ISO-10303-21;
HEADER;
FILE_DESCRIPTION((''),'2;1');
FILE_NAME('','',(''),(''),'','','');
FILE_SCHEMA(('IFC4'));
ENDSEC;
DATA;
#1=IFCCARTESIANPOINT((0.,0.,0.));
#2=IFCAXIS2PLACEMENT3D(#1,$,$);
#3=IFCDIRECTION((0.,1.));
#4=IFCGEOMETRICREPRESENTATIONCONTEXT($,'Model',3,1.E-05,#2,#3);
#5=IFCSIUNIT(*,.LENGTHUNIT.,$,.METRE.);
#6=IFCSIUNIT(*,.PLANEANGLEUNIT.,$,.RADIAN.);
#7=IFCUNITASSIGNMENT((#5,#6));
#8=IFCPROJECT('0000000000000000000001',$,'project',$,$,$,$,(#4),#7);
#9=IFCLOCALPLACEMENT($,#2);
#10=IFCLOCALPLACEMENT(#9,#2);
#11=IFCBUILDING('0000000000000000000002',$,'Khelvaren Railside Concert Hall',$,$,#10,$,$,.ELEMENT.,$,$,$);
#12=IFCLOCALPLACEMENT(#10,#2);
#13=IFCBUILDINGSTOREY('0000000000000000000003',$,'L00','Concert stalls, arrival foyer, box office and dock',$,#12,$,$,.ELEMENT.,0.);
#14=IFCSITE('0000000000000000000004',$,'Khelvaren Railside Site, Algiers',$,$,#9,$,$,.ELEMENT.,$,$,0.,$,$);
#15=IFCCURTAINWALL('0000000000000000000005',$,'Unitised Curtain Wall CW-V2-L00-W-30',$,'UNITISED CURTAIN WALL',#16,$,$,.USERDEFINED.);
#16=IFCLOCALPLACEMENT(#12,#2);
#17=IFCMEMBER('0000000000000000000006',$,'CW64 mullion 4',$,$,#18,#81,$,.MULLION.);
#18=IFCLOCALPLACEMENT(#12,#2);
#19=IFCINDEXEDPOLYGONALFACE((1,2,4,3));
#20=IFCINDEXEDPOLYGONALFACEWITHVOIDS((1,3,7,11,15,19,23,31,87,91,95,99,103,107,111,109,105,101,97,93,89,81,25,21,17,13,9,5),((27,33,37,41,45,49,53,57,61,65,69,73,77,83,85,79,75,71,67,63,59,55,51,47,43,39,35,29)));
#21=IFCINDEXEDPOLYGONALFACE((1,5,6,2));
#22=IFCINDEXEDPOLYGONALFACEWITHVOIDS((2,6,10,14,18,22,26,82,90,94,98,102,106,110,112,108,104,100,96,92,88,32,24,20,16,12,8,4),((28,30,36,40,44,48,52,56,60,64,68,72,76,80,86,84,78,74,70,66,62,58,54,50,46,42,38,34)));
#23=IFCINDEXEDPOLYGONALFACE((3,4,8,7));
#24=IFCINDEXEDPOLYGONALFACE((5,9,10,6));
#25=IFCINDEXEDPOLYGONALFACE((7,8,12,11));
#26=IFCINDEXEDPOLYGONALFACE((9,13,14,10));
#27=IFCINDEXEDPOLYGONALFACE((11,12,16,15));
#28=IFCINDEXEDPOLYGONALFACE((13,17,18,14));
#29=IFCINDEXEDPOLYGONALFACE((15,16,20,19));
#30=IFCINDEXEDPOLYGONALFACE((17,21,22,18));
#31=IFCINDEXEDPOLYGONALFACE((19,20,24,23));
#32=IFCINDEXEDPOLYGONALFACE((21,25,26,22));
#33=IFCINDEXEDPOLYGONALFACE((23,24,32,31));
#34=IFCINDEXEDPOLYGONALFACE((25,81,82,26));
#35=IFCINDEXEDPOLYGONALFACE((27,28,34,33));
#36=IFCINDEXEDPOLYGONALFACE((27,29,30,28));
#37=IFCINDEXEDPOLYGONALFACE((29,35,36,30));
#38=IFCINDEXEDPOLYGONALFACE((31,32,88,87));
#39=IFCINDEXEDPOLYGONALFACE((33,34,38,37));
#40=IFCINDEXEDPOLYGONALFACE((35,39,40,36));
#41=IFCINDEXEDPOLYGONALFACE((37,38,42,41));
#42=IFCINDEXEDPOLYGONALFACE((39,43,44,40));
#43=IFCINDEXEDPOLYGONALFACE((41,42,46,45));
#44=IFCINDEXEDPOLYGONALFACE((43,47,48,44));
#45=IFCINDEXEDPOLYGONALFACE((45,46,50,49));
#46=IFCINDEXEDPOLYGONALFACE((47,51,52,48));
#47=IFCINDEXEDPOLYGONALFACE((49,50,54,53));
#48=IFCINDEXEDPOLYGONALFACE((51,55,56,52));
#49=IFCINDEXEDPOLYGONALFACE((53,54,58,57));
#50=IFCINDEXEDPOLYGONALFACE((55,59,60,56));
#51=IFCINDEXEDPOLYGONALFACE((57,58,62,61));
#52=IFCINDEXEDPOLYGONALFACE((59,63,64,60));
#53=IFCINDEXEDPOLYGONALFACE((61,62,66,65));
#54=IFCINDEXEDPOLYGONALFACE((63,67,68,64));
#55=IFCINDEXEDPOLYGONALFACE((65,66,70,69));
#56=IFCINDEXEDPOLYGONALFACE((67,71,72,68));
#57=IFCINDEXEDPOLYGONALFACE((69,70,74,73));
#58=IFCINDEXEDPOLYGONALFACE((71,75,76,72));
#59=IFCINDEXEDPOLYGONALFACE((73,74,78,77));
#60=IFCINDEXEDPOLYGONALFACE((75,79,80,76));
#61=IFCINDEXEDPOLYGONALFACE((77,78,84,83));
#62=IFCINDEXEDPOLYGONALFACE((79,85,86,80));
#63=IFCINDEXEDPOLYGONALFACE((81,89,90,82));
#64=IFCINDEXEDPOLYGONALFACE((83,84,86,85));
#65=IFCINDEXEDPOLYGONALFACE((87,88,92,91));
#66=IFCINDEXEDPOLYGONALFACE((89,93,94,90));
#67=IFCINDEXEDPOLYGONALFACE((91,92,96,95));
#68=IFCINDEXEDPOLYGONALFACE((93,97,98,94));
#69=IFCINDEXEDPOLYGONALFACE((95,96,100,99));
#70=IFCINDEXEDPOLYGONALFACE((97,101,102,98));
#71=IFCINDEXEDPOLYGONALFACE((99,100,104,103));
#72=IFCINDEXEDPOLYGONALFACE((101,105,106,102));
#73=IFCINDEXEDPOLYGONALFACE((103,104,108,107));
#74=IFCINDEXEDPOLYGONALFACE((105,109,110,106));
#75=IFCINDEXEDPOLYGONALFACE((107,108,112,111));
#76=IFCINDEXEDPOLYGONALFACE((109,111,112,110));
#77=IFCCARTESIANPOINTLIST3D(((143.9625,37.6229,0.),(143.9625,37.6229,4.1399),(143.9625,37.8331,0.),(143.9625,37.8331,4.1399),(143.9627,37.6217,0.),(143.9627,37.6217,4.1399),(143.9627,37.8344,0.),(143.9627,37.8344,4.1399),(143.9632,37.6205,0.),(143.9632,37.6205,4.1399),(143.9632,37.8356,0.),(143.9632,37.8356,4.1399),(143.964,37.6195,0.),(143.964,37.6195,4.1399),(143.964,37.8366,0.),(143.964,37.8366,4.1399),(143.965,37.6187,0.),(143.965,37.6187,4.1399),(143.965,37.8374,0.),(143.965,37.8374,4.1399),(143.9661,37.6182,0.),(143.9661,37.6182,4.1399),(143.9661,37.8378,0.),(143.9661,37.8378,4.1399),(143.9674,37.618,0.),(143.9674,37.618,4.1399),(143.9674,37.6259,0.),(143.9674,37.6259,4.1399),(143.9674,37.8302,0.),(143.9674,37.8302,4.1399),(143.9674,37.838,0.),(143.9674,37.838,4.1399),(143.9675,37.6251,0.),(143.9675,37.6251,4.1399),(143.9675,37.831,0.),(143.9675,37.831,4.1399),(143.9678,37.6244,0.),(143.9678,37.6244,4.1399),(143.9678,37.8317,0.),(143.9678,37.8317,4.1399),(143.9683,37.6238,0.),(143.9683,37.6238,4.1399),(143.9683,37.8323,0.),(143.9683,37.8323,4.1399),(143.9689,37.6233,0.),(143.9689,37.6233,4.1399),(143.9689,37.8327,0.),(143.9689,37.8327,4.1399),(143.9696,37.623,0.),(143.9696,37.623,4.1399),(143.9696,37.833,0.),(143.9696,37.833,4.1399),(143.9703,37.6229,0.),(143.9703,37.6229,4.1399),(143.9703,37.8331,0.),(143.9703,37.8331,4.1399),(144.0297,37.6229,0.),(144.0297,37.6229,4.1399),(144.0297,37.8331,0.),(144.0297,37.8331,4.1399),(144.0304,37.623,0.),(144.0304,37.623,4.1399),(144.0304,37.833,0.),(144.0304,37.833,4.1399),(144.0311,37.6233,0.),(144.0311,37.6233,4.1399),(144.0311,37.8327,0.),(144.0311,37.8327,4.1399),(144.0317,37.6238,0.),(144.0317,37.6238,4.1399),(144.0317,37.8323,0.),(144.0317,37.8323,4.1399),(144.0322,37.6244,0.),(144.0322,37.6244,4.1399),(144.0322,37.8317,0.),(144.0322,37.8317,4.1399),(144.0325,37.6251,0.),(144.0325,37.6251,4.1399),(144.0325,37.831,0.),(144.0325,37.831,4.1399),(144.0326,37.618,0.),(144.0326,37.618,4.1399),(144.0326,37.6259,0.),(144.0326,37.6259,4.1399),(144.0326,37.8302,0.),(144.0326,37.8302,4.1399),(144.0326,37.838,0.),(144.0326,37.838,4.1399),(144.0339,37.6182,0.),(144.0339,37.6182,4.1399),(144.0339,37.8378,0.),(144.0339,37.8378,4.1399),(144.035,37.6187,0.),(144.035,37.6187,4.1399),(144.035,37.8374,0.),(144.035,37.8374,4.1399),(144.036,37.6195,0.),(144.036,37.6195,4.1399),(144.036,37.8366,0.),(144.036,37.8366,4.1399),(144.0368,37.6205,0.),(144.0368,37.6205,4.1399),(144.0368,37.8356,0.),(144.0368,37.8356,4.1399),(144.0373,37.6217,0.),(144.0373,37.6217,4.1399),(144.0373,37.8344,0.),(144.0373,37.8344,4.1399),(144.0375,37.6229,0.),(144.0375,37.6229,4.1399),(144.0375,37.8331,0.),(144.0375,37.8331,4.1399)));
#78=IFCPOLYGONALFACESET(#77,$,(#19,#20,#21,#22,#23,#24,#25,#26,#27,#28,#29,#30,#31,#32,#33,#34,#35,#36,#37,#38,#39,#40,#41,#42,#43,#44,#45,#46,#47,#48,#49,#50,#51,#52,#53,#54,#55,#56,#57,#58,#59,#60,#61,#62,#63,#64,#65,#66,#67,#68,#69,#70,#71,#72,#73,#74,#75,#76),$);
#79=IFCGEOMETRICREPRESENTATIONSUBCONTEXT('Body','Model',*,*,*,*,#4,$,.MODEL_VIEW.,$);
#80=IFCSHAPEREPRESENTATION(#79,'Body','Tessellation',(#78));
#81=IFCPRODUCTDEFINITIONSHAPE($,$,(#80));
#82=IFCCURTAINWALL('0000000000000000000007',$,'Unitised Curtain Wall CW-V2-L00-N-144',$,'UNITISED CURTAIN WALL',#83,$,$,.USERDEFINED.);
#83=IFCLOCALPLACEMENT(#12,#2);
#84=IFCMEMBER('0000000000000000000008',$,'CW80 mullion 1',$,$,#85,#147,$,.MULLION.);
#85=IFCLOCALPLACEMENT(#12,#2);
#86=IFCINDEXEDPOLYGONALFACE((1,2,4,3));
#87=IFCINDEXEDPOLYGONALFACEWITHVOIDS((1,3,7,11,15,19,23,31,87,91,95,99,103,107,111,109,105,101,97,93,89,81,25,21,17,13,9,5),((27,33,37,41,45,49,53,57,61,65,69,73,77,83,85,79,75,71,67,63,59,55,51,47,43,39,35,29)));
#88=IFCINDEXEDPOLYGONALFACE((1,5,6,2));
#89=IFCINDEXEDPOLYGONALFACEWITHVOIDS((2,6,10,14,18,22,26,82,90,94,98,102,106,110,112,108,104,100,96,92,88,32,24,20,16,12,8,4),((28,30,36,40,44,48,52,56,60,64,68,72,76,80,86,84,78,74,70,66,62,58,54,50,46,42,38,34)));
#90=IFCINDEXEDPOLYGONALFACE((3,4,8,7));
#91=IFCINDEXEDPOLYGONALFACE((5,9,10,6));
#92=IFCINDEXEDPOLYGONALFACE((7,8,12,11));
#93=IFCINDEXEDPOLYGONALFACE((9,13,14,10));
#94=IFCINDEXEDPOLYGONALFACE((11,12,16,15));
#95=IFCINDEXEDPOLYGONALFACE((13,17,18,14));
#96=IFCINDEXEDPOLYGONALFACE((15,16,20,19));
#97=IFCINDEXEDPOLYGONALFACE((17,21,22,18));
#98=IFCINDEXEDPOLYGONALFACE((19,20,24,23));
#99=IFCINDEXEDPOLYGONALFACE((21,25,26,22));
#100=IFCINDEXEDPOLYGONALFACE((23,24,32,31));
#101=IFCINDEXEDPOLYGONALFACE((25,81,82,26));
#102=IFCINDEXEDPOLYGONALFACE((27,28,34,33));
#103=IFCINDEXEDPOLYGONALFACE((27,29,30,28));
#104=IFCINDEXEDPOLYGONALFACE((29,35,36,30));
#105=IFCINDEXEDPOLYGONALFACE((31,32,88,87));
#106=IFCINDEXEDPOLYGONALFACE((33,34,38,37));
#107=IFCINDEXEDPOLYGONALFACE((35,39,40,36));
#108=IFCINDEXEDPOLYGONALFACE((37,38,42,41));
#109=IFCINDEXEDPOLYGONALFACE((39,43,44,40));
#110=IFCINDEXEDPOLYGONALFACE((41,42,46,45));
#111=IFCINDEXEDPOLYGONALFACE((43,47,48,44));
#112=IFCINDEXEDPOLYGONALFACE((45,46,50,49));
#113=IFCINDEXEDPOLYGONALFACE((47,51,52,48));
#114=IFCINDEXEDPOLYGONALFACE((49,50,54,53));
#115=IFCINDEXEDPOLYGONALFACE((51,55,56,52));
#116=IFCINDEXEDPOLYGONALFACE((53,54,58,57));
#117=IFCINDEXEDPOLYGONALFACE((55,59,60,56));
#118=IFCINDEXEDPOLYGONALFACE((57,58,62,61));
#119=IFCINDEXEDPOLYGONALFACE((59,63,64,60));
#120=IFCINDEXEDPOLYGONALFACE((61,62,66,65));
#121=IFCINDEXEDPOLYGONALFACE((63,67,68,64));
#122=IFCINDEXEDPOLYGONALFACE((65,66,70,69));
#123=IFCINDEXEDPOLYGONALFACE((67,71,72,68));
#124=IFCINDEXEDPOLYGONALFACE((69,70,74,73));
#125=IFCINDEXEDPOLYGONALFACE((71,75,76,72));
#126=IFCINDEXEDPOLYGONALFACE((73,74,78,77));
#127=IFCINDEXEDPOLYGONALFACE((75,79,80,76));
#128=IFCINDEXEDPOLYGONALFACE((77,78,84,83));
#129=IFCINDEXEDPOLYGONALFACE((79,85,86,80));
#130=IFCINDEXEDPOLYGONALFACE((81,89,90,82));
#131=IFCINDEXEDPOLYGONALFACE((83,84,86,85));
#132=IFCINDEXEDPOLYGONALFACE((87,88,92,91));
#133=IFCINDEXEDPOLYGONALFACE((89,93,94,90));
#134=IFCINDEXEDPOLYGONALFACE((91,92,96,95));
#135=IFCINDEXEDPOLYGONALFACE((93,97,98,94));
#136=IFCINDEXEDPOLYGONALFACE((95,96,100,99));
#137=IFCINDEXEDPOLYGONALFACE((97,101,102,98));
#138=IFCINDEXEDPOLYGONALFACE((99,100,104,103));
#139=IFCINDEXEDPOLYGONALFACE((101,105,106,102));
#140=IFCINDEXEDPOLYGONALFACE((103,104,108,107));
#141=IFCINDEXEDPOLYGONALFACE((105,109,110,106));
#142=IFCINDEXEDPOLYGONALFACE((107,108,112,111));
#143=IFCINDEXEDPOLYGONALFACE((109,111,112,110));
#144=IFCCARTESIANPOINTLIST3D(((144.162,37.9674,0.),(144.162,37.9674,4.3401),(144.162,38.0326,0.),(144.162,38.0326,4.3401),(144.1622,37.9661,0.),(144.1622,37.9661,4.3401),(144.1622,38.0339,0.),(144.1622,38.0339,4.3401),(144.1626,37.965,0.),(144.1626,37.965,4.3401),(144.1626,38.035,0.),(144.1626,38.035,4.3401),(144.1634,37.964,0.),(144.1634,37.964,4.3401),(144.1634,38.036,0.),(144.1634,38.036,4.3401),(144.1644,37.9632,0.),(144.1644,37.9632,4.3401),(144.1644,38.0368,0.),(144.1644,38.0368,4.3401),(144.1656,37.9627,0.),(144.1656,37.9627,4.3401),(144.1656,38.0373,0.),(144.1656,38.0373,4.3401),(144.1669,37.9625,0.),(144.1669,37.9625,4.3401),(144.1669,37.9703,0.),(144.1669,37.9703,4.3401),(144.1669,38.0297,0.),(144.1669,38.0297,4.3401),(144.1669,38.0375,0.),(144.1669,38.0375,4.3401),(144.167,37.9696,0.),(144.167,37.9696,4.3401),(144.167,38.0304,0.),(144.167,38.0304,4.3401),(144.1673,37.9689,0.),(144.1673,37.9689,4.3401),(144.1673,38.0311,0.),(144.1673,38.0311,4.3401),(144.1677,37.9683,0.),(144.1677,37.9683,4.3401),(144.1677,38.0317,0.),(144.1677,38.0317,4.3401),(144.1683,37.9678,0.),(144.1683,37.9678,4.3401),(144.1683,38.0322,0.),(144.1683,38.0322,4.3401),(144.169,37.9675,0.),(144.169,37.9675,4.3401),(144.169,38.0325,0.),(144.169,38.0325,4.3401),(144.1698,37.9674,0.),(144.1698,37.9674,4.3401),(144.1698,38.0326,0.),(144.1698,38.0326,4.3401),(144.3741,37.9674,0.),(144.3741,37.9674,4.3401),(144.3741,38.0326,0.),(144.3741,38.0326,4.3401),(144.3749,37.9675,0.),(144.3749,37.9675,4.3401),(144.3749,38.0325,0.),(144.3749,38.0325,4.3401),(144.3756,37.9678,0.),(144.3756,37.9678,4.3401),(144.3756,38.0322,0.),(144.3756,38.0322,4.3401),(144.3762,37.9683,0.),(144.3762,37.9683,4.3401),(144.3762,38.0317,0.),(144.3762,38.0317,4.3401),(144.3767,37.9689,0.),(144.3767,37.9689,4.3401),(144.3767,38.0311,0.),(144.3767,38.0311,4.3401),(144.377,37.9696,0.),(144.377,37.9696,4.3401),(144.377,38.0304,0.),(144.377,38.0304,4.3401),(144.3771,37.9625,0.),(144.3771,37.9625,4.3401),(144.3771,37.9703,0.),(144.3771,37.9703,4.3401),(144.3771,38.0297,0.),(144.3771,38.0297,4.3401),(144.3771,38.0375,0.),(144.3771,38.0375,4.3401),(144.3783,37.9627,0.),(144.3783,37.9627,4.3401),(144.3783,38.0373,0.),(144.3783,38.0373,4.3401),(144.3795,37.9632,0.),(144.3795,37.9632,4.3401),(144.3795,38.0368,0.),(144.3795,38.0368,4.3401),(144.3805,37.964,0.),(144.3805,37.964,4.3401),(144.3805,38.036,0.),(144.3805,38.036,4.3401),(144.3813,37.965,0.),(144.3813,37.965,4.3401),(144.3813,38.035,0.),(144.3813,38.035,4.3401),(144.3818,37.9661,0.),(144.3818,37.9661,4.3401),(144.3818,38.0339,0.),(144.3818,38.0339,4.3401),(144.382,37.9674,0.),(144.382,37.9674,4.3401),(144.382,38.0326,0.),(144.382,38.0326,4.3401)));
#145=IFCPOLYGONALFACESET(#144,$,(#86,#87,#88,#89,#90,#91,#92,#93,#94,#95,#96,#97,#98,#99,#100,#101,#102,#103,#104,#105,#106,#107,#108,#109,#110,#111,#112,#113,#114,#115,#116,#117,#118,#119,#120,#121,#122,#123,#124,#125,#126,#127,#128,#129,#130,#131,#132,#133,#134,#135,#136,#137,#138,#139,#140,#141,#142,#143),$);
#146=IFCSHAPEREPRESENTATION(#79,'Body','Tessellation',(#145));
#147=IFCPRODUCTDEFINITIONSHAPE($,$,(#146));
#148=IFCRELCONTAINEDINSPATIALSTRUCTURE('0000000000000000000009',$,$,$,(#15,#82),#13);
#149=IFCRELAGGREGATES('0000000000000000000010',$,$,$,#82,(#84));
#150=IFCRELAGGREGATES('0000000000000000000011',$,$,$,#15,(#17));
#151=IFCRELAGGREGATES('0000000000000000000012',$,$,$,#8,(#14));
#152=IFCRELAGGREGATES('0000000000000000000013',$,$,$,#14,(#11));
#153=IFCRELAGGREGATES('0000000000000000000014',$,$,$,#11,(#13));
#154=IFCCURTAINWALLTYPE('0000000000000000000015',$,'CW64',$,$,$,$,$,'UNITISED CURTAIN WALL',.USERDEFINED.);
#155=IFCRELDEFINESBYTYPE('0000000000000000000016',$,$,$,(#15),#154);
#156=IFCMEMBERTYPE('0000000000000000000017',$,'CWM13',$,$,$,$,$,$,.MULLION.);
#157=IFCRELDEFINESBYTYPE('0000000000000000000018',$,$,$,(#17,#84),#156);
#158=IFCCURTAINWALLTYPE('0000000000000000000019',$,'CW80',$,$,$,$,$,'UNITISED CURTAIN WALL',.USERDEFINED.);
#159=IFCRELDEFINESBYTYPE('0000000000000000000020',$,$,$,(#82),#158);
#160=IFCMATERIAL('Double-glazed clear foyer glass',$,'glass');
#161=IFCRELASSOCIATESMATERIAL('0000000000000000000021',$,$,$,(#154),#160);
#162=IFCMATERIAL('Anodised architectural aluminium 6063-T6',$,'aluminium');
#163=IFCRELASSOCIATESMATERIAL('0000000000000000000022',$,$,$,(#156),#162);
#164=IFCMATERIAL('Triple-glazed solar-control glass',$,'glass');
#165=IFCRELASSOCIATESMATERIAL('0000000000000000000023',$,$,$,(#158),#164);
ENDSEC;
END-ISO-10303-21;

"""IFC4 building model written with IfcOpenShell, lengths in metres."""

from ifc_helpers import new_model, si_unit, direction, frame, origin, origin_2d, place, context, subcontext, project, spatial, hollow_rectangle, extrude, material, material_profile, profile_set, type_object, element, aggregate, save


model = new_model("IFC4")

# Units and contexts
model_context = context("Model", 3, precision=1e-05, world=origin(), true_north=direction((0.0, 1.0)))
body_context = subcontext(model_context, "Body", "Model", "MODEL_VIEW")
ifc_project = project(units=[si_unit("LENGTHUNIT", "METRE"), si_unit("PLANEANGLEUNIT", "RADIAN")], contexts=[model_context])

# Site, building, storey
site_placement = place(None, origin())
site = spatial("IfcSite", under=ifc_project, at=site_placement, Name="Khelvaren Railside Site, Algiers", CompositionType="ELEMENT", RefElevation=0.0)
building_placement = place(site_placement, origin())
building = spatial("IfcBuilding", under=site, at=building_placement, Name="Khelvaren Railside Concert Hall", CompositionType="ELEMENT")
storey_placement = place(building_placement, origin())
storey = spatial("IfcBuildingStorey", under=building, at=storey_placement, Name="L00", Description="Concert stalls, arrival foyer, box office and dock", CompositionType="ELEMENT", Elevation=0.0)

# Curtain wall, member
ifc_material_1 = material(Name="Double-glazed clear foyer glass", Category="glass")
curtain_wall_type_1 = type_object("IfcCurtainWallType", Name="CW64", ElementType="UNITISED CURTAIN WALL", PredefinedType="USERDEFINED", material=ifc_material_1)
curtain_wall_1_placement = place(storey_placement, origin())
curtain_wall_1 = element("IfcCurtainWall", 1, at=curtain_wall_1_placement, inside=storey, type_object=curtain_wall_type_1, Name="Unitised Curtain Wall CW-V2-L00-W-30", ObjectType="UNITISED CURTAIN WALL", PredefinedType="USERDEFINED")
ifc_material_2 = material(Name="Anodised architectural aluminium 6063-T6", Category="aluminium")
ifc_material_profile_1 = material_profile(ifc_material_2, hollow_rectangle(XDim=0.075, YDim=0.22, WallThickness=0.0049, InnerFilletRadius=0.0029, OuterFilletRadius=0.0049, at=origin_2d()), Name="CWM 75x220x5")
ifc_profile_set_1 = profile_set([ifc_material_profile_1], Name="Anodised architectural aluminium 6063-T6")
member_type_1 = type_object("IfcMemberType", Name="CWM13", PredefinedType="MULLION", material=ifc_profile_set_1)
member_1_placement = place(storey_placement, frame((144.0, 37.728, 0.0), z_axis=(0.0, 0.0, 1.0), x_axis=(-1.0, 0.0, 0.0)))
member_1 = element("IfcMember", 2, at=member_1_placement, type_object=member_type_1, Name="CW64 mullion 4", PredefinedType="MULLION", context=body_context, shape_type="SweptSolid", body=[
    extrude(hollow_rectangle(XDim=0.075, YDim=0.22, WallThickness=0.0049, InnerFilletRadius=0.0029, OuterFilletRadius=0.0049, at=origin_2d()), origin(), (0.0, 0.0, 1.0), 4.1399),
])

# Curtain wall, member
ifc_material_3 = material(Name="Triple-glazed solar-control glass", Category="glass")
curtain_wall_type_2 = type_object("IfcCurtainWallType", Name="CW80", ElementType="UNITISED CURTAIN WALL", PredefinedType="USERDEFINED", material=ifc_material_3)
curtain_wall_2_placement = place(storey_placement, origin())
curtain_wall_2 = element("IfcCurtainWall", 3, at=curtain_wall_2_placement, inside=storey, type_object=curtain_wall_type_2, Name="Unitised Curtain Wall CW-V2-L00-N-144", ObjectType="UNITISED CURTAIN WALL", PredefinedType="USERDEFINED")
member_2_placement = place(storey_placement, frame((144.272, 38.0, 0.0), z_axis=(0.0, 0.0, 1.0), x_axis=(0.0, 1.0, 0.0)))
member_2 = element("IfcMember", 4, at=member_2_placement, type_object=member_type_1, Name="CW80 mullion 1", PredefinedType="MULLION", context=body_context, shape_type="SweptSolid", body=[
    extrude(hollow_rectangle(XDim=0.075, YDim=0.22, WallThickness=0.0049, InnerFilletRadius=0.0029, OuterFilletRadius=0.0049, at=origin_2d()), origin(), (0.0, 0.0, 1.0), 4.3401),
])
aggregate(curtain_wall_2, [member_2])

aggregate(curtain_wall_1, [member_1])

save(model, "model.ifc")
